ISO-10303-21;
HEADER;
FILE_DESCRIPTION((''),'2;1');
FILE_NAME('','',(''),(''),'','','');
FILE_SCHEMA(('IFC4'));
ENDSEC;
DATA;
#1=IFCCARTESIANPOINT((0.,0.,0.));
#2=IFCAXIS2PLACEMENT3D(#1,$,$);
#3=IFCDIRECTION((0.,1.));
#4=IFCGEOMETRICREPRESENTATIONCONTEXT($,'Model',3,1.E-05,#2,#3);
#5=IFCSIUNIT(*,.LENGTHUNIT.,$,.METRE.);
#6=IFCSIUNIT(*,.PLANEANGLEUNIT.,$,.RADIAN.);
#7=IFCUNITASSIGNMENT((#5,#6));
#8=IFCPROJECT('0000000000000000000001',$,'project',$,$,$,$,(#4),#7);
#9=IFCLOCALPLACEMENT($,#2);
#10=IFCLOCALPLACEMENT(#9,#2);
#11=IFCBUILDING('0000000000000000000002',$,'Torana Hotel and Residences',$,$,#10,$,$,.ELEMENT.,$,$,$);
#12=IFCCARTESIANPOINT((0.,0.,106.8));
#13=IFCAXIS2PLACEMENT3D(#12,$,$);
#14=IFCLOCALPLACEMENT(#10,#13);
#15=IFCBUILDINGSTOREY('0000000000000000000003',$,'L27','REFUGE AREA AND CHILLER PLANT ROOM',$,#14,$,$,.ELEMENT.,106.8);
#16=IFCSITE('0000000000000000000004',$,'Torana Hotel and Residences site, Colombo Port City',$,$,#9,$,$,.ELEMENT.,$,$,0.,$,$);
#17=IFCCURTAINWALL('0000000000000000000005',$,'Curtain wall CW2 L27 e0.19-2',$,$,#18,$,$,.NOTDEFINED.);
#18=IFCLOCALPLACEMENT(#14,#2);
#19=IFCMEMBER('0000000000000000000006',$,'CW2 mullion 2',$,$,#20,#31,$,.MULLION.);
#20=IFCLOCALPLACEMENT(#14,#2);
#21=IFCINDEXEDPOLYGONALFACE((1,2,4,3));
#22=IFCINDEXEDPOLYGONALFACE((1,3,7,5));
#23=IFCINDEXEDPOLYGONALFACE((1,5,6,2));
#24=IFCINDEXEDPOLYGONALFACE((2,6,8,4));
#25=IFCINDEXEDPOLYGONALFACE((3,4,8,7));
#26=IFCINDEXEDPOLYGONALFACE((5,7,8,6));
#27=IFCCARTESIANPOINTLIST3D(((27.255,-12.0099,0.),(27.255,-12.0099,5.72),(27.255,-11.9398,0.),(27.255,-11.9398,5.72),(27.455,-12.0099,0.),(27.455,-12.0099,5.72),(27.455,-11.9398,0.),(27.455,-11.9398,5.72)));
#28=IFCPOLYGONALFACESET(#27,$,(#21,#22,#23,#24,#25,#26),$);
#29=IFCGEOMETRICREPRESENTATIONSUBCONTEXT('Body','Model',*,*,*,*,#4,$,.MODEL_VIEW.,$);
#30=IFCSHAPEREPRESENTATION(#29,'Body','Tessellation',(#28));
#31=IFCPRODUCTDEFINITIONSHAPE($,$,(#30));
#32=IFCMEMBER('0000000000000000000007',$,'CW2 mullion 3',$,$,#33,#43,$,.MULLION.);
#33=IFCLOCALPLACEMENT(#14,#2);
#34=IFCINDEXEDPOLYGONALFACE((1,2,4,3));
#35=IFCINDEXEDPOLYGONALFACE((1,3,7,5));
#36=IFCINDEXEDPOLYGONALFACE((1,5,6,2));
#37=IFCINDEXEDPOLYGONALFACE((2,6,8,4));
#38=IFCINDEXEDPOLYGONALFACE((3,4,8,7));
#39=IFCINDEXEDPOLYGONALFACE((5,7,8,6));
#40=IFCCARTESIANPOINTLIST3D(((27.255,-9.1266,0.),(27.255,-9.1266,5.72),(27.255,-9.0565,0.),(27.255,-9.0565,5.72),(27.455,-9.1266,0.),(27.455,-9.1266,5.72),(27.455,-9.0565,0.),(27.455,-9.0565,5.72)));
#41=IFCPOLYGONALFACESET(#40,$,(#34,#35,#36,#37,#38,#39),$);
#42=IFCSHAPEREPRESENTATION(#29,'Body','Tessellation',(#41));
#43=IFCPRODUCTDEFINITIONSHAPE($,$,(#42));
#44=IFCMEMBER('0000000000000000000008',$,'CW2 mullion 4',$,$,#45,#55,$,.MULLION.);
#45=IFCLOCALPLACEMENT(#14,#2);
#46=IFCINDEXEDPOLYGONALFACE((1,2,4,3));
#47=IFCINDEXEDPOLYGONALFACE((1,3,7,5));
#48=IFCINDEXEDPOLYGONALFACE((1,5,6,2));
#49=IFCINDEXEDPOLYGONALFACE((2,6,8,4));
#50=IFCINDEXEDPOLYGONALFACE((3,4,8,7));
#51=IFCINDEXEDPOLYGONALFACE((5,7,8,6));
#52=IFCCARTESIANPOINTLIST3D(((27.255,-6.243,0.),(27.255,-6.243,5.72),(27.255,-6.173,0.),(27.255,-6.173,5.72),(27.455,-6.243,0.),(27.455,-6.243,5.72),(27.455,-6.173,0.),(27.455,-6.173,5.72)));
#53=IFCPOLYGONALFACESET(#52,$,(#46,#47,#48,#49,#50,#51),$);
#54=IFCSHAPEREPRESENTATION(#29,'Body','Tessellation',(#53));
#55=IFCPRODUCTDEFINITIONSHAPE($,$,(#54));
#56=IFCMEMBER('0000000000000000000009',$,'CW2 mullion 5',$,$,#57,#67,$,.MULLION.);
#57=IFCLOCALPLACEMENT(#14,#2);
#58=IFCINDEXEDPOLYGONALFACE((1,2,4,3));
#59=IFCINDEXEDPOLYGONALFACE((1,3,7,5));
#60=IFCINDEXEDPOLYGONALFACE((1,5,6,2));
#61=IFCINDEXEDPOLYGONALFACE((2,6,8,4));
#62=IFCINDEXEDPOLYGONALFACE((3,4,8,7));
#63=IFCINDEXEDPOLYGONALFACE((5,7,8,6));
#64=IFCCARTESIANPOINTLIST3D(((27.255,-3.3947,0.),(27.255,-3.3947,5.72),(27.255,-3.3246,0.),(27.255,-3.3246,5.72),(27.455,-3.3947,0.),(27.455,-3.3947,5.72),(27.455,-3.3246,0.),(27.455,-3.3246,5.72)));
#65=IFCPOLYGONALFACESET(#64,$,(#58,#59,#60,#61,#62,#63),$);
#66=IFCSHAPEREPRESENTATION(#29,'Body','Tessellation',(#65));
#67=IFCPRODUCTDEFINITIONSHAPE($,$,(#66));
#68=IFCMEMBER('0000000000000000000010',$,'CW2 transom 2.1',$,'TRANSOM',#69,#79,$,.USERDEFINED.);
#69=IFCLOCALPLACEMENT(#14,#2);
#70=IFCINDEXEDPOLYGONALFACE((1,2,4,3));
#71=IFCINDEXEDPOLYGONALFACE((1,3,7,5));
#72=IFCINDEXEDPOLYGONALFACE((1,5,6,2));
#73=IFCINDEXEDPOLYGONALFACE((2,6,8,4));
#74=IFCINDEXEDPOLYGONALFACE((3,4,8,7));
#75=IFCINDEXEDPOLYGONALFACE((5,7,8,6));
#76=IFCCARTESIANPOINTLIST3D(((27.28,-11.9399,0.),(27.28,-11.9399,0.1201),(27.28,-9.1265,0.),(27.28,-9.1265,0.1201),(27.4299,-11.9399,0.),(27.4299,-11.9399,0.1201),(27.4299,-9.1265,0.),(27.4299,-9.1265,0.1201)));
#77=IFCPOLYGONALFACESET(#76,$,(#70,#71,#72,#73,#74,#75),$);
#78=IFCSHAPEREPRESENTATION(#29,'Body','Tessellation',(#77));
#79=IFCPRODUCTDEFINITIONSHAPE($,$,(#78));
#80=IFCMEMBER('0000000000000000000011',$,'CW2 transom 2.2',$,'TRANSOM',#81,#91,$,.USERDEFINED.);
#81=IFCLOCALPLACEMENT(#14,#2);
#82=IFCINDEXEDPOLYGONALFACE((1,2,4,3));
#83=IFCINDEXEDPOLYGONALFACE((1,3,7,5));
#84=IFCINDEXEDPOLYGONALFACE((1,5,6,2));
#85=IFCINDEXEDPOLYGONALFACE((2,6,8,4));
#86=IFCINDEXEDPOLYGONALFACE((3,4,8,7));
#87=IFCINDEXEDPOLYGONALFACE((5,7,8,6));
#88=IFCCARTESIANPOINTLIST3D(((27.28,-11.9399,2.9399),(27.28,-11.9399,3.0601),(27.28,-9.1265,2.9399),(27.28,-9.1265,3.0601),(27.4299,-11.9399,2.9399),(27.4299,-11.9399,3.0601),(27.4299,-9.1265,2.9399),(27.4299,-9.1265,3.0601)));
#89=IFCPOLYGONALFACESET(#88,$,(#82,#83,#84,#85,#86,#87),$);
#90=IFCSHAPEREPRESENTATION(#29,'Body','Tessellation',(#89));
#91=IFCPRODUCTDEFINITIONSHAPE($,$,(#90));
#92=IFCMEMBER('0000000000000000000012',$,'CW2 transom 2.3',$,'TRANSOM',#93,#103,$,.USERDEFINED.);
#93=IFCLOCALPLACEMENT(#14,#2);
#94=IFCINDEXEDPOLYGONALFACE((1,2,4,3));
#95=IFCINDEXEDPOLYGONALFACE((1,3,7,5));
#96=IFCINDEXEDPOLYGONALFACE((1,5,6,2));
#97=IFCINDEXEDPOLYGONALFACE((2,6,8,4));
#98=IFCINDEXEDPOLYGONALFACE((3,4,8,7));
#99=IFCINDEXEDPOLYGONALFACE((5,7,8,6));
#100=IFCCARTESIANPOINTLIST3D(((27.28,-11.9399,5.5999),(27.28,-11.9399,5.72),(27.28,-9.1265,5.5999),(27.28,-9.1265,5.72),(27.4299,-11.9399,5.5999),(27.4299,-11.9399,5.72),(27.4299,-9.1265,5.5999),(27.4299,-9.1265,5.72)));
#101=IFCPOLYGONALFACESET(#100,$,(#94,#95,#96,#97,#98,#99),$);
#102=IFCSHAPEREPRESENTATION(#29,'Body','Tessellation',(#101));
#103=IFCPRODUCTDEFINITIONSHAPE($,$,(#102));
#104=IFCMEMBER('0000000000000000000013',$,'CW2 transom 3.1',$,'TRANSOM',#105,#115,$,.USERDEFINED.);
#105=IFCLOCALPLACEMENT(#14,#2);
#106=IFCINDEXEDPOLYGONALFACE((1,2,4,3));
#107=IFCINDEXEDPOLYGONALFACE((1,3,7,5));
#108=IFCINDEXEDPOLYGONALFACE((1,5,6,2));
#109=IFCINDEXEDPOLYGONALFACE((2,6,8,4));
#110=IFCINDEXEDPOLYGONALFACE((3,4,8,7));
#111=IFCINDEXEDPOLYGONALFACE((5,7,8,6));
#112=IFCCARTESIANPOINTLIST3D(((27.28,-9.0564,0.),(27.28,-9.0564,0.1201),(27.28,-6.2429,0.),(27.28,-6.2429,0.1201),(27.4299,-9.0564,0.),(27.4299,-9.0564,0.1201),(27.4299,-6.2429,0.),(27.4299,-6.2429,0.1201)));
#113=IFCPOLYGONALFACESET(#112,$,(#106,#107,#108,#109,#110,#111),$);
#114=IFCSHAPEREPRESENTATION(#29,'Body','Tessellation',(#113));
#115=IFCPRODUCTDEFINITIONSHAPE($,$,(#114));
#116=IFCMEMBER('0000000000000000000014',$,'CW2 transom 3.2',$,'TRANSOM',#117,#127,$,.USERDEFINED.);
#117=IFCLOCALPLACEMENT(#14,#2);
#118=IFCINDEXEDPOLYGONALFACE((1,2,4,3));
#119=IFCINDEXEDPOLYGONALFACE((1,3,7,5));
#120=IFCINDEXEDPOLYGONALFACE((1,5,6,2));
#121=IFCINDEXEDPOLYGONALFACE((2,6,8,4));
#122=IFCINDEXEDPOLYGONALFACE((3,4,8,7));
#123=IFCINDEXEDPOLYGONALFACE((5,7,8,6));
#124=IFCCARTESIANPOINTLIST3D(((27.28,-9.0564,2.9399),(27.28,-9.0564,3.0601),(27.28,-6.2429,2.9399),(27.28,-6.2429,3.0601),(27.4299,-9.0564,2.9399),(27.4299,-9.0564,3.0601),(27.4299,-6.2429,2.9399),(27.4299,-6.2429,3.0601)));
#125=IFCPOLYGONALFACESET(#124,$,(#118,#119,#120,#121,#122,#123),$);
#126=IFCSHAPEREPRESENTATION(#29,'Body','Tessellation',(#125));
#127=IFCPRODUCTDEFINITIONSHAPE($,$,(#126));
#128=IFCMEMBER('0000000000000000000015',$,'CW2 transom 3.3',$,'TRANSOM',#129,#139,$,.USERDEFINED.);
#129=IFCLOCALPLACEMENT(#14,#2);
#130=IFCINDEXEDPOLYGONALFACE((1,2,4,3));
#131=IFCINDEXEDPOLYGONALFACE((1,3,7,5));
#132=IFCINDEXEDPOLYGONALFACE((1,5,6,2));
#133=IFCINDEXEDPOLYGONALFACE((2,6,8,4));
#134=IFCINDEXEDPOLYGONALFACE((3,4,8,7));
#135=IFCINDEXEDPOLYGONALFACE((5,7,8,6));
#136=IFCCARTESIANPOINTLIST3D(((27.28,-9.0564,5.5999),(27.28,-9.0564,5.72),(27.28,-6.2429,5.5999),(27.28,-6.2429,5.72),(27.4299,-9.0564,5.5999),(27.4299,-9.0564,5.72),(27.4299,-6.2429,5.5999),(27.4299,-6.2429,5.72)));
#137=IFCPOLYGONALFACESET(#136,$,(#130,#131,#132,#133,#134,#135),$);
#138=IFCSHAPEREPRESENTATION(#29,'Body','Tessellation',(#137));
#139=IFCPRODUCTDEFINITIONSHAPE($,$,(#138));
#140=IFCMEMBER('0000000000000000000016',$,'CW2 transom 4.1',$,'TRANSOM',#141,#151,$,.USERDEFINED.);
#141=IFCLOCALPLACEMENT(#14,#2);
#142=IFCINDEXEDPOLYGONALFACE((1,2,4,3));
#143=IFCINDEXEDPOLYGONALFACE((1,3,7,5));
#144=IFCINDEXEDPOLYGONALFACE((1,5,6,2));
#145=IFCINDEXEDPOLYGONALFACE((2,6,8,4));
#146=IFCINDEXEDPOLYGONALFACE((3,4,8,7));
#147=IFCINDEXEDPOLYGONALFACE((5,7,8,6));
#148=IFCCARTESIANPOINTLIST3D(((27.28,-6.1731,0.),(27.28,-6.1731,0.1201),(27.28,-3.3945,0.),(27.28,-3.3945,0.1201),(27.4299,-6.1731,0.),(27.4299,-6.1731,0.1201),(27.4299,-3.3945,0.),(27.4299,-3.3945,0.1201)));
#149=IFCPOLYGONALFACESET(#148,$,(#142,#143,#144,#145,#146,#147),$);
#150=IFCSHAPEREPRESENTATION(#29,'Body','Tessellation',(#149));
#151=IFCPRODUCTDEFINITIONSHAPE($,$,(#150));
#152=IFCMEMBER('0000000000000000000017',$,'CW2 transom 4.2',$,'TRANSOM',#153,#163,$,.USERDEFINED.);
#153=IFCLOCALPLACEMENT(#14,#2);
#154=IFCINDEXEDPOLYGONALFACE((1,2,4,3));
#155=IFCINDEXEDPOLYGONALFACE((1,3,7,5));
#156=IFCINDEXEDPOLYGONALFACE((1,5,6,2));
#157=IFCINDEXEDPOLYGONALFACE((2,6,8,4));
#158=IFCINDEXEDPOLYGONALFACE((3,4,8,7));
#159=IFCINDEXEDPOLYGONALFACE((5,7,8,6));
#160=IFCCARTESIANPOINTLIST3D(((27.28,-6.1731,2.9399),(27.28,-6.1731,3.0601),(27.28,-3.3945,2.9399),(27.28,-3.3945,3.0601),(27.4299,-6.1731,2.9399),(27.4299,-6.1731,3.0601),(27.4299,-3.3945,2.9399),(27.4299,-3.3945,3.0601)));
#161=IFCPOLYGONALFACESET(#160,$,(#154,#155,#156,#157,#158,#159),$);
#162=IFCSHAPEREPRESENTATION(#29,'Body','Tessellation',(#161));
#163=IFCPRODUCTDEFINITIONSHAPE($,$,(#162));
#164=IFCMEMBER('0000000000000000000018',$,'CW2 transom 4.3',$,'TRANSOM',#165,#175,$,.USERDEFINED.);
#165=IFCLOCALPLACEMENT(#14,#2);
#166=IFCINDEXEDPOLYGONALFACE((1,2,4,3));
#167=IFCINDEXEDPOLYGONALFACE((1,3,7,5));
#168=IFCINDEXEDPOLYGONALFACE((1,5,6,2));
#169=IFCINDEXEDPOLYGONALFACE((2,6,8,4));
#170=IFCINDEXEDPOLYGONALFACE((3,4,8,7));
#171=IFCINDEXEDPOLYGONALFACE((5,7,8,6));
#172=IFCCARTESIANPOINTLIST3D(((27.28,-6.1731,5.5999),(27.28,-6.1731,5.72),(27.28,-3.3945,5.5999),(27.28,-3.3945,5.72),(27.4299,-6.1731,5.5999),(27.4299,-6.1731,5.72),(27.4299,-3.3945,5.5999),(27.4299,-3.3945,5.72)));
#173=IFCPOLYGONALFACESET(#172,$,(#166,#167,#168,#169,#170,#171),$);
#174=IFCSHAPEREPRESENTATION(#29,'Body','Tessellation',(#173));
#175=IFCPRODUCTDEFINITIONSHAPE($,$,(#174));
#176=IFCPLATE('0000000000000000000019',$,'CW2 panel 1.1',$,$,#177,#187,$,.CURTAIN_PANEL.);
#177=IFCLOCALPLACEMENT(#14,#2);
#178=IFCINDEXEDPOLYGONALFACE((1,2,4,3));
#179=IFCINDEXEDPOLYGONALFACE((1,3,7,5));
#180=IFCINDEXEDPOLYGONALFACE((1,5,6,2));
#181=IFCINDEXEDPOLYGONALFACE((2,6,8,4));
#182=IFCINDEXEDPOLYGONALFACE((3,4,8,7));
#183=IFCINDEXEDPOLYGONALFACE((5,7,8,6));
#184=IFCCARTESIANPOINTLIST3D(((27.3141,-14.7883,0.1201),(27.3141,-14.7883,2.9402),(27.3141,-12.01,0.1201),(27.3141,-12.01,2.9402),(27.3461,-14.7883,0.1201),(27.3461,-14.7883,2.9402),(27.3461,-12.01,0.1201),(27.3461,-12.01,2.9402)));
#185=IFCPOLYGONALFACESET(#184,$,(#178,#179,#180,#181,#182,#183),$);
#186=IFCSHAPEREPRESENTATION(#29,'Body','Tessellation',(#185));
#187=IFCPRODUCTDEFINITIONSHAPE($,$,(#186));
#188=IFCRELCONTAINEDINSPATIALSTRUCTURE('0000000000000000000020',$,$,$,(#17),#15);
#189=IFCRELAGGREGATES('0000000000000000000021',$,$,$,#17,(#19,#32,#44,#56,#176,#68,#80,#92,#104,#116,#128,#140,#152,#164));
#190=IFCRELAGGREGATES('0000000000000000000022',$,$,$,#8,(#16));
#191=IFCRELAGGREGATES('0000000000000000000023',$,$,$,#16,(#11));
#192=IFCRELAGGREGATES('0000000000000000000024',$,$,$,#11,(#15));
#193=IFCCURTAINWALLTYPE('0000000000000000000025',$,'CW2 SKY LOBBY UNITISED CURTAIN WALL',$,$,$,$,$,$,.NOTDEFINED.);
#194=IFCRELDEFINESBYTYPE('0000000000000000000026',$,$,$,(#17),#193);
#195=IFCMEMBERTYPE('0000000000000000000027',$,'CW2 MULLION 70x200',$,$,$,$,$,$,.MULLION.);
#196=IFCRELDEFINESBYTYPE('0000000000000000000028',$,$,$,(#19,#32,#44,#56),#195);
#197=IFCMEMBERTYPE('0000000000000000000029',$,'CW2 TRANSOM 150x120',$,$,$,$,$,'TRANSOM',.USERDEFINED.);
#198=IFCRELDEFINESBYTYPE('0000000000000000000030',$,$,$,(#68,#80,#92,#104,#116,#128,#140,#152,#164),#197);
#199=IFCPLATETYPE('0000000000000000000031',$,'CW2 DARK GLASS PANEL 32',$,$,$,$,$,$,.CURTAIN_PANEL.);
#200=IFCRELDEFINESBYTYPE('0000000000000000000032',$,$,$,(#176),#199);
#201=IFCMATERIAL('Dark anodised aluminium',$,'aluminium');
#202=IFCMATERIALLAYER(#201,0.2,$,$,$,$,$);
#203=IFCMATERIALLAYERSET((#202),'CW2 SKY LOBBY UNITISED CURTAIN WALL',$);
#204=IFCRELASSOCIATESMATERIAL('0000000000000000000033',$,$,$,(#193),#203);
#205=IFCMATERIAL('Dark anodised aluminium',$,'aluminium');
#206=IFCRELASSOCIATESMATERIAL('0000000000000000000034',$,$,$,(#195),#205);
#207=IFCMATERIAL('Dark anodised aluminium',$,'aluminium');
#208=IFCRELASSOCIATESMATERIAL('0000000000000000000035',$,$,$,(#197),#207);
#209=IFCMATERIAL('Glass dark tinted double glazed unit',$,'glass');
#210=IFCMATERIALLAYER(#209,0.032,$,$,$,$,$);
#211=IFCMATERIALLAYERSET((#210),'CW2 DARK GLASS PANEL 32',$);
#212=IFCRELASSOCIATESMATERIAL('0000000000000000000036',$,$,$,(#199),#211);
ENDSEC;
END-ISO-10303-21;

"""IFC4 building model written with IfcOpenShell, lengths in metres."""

from ifc_helpers import new_model, si_unit, direction, frame, origin, origin_2d, place, context, subcontext, project, spatial, rectangle, extrude, material, layer, layer_set, material_profile, profile_set, type_object, element, aggregate, save


model = new_model("IFC4")

# Units and contexts
model_context = context("Model", 3, precision=1e-05, world=origin(), true_north=direction((0.0, 1.0)))
body_context = subcontext(model_context, "Body", "Model", "MODEL_VIEW")
ifc_project = project(units=[si_unit("LENGTHUNIT", "METRE"), si_unit("PLANEANGLEUNIT", "RADIAN")], contexts=[model_context])

# Site, building, storey
site_placement = place(None, origin())
site = spatial("IfcSite", under=ifc_project, at=site_placement, Name="Torana Hotel and Residences site, Colombo Port City", CompositionType="ELEMENT", RefElevation=0.0)
building_placement = place(site_placement, origin())
building = spatial("IfcBuilding", under=site, at=building_placement, Name="Torana Hotel and Residences", CompositionType="ELEMENT")
storey_placement = place(building_placement, frame((0.0, 0.0, 106.8)))
storey = spatial("IfcBuildingStorey", under=building, at=storey_placement, Name="L27", Description="REFUGE AREA AND CHILLER PLANT ROOM", CompositionType="ELEMENT", Elevation=106.8)

# Curtain wall, members, plate
ifc_material_1 = material(Name="Dark anodised aluminium", Category="aluminium")
ifc_layer_1 = layer(ifc_material_1, 0.2)
ifc_layer_set_1 = layer_set([ifc_layer_1], Name="CW2 SKY LOBBY UNITISED CURTAIN WALL")
curtain_wall_type = type_object("IfcCurtainWallType", Name="CW2 SKY LOBBY UNITISED CURTAIN WALL", PredefinedType="NOTDEFINED", material=ifc_layer_set_1)
curtain_wall_placement = place(storey_placement, origin())
curtain_wall = element("IfcCurtainWall", 1, at=curtain_wall_placement, inside=storey, type_object=curtain_wall_type, Name="Curtain wall CW2 L27 e0.19-2", PredefinedType="NOTDEFINED")
ifc_material_2 = material(Name="Dark anodised aluminium", Category="aluminium")
ifc_material_profile_1 = material_profile(ifc_material_2, rectangle(XDim=0.2, YDim=0.0701, at=origin_2d()), Name="CW2 MULLION 70x200")
ifc_profile_set_1 = profile_set([ifc_material_profile_1], Name="Dark anodised aluminium")
member_type_1 = type_object("IfcMemberType", Name="CW2 MULLION 70x200", PredefinedType="MULLION", material=ifc_profile_set_1)
member_1_placement = place(storey_placement, frame((27.355, -11.9749, 0.0), z_axis=(0.0, 0.0, 1.0), x_axis=(-1.0, 0.0, 0.0)))
member_1 = element("IfcMember", 2, at=member_1_placement, type_object=member_type_1, Name="CW2 mullion 2", PredefinedType="MULLION", context=body_context, shape_type="SweptSolid", body=[
    extrude(rectangle(XDim=0.2, YDim=0.0701, at=origin_2d()), origin(), (0.0, 0.0, 1.0), 5.72),
])
member_2_placement = place(storey_placement, frame((27.355, -9.0916, 0.0), z_axis=(0.0, 0.0, 1.0), x_axis=(-1.0, 0.0, 0.0)))
member_2 = element("IfcMember", 3, at=member_2_placement, type_object=member_type_1, Name="CW2 mullion 3", PredefinedType="MULLION", context=body_context, shape_type="SweptSolid", body=[
    extrude(rectangle(XDim=0.2, YDim=0.0701, at=origin_2d()), origin(), (0.0, 0.0, 1.0), 5.72),
])
member_3_placement = place(storey_placement, frame((27.355, -6.208, 0.0), z_axis=(0.0, 0.0, 1.0), x_axis=(-1.0, 0.0, 0.0)))
member_3 = element("IfcMember", 4, at=member_3_placement, type_object=member_type_1, Name="CW2 mullion 4", PredefinedType="MULLION", context=body_context, shape_type="SweptSolid", body=[
    extrude(rectangle(XDim=0.2, YDim=0.0701, at=origin_2d()), origin(), (0.0, 0.0, 1.0), 5.72),
])
member_4_placement = place(storey_placement, frame((27.355, -3.3596, 0.0), z_axis=(0.0, 0.0, 1.0), x_axis=(-1.0, 0.0, 0.0)))
member_4 = element("IfcMember", 5, at=member_4_placement, type_object=member_type_1, Name="CW2 mullion 5", PredefinedType="MULLION", context=body_context, shape_type="SweptSolid", body=[
    extrude(rectangle(XDim=0.2, YDim=0.0701, at=origin_2d()), origin(), (0.0, 0.0, 1.0), 5.72),
])
ifc_material_3 = material(Name="Dark anodised aluminium", Category="aluminium")
ifc_material_profile_2 = material_profile(ifc_material_3, rectangle(XDim=0.1499, YDim=0.1201, at=origin_2d()), Name="CW2 TRANSOM 150x120")
ifc_profile_set_2 = profile_set([ifc_material_profile_2], Name="Dark anodised aluminium")
member_type_2 = type_object("IfcMemberType", Name="CW2 TRANSOM 150x120", ElementType="TRANSOM", PredefinedType="USERDEFINED", material=ifc_profile_set_2)
member_5_placement = place(storey_placement, frame((27.355, -11.9399, 0.0601), z_axis=(0.0, 1.0, 0.0), x_axis=(-1.0, 0.0, 0.0)))
member_5 = element("IfcMember", 6, at=member_5_placement, type_object=member_type_2, Name="CW2 transom 2.1", ObjectType="TRANSOM", PredefinedType="USERDEFINED", context=body_context, shape_type="SweptSolid", body=[
    extrude(rectangle(XDim=0.1499, YDim=0.1201, at=origin_2d()), origin(), (0.0, 0.0, 1.0), 2.8135),
])
member_6_placement = place(storey_placement, frame((27.355, -11.9399, 3.0), z_axis=(0.0, 1.0, 0.0), x_axis=(-1.0, 0.0, 0.0)))
member_6 = element("IfcMember", 7, at=member_6_placement, type_object=member_type_2, Name="CW2 transom 2.2", ObjectType="TRANSOM", PredefinedType="USERDEFINED", context=body_context, shape_type="SweptSolid", body=[
    extrude(rectangle(XDim=0.1499, YDim=0.1201, at=origin_2d()), origin(), (0.0, 0.0, 1.0), 2.8135),
])
member_7_placement = place(storey_placement, frame((27.355, -11.9399, 5.6599), z_axis=(0.0, 1.0, 0.0), x_axis=(-1.0, 0.0, 0.0)))
member_7 = element("IfcMember", 8, at=member_7_placement, type_object=member_type_2, Name="CW2 transom 2.3", ObjectType="TRANSOM", PredefinedType="USERDEFINED", context=body_context, shape_type="SweptSolid", body=[
    extrude(rectangle(XDim=0.1499, YDim=0.1201, at=origin_2d()), origin(), (0.0, 0.0, 1.0), 2.8135),
])
member_8_placement = place(storey_placement, frame((27.355, -9.0564, 0.0601), z_axis=(0.0, 1.0, 0.0), x_axis=(-1.0, 0.0, 0.0)))
member_8 = element("IfcMember", 9, at=member_8_placement, type_object=member_type_2, Name="CW2 transom 3.1", ObjectType="TRANSOM", PredefinedType="USERDEFINED", context=body_context, shape_type="SweptSolid", body=[
    extrude(rectangle(XDim=0.1499, YDim=0.1201, at=origin_2d()), origin(), (0.0, 0.0, 1.0), 2.8135),
])
member_9_placement = place(storey_placement, frame((27.355, -9.0564, 3.0), z_axis=(0.0, 1.0, 0.0), x_axis=(-1.0, 0.0, 0.0)))
member_9 = element("IfcMember", 10, at=member_9_placement, type_object=member_type_2, Name="CW2 transom 3.2", ObjectType="TRANSOM", PredefinedType="USERDEFINED", context=body_context, shape_type="SweptSolid", body=[
    extrude(rectangle(XDim=0.1499, YDim=0.1201, at=origin_2d()), origin(), (0.0, 0.0, 1.0), 2.8135),
])
member_10_placement = place(storey_placement, frame((27.355, -9.0564, 5.6599), z_axis=(0.0, 1.0, 0.0), x_axis=(-1.0, 0.0, 0.0)))
member_10 = element("IfcMember", 11, at=member_10_placement, type_object=member_type_2, Name="CW2 transom 3.3", ObjectType="TRANSOM", PredefinedType="USERDEFINED", context=body_context, shape_type="SweptSolid", body=[
    extrude(rectangle(XDim=0.1499, YDim=0.1201, at=origin_2d()), origin(), (0.0, 0.0, 1.0), 2.8135),
])
member_11_placement = place(storey_placement, frame((27.355, -6.1731, 0.0601), z_axis=(0.0, 1.0, 0.0), x_axis=(-1.0, 0.0, 0.0)))
member_11 = element("IfcMember", 12, at=member_11_placement, type_object=member_type_2, Name="CW2 transom 4.1", ObjectType="TRANSOM", PredefinedType="USERDEFINED", context=body_context, shape_type="SweptSolid", body=[
    extrude(rectangle(XDim=0.1499, YDim=0.1201, at=origin_2d()), origin(), (0.0, 0.0, 1.0), 2.7786),
])
member_12_placement = place(storey_placement, frame((27.355, -6.1731, 3.0), z_axis=(0.0, 1.0, 0.0), x_axis=(-1.0, 0.0, 0.0)))
member_12 = element("IfcMember", 13, at=member_12_placement, type_object=member_type_2, Name="CW2 transom 4.2", ObjectType="TRANSOM", PredefinedType="USERDEFINED", context=body_context, shape_type="SweptSolid", body=[
    extrude(rectangle(XDim=0.1499, YDim=0.1201, at=origin_2d()), origin(), (0.0, 0.0, 1.0), 2.7786),
])
member_13_placement = place(storey_placement, frame((27.355, -6.1731, 5.6599), z_axis=(0.0, 1.0, 0.0), x_axis=(-1.0, 0.0, 0.0)))
member_13 = element("IfcMember", 14, at=member_13_placement, type_object=member_type_2, Name="CW2 transom 4.3", ObjectType="TRANSOM", PredefinedType="USERDEFINED", context=body_context, shape_type="SweptSolid", body=[
    extrude(rectangle(XDim=0.1499, YDim=0.1201, at=origin_2d()), origin(), (0.0, 0.0, 1.0), 2.7786),
])
ifc_material_4 = material(Name="Glass dark tinted double glazed unit", Category="glass")
ifc_layer_2 = layer(ifc_material_4, 0.032)
ifc_layer_set_2 = layer_set([ifc_layer_2], Name="CW2 DARK GLASS PANEL 32")
plate_type = type_object("IfcPlateType", Name="CW2 DARK GLASS PANEL 32", PredefinedType="CURTAIN_PANEL", material=ifc_layer_set_2)
plate_1_placement = place(storey_placement, frame((27.3301, -13.3992, 0.1201), z_axis=(0.0, 0.0, 1.0), x_axis=(0.0, 1.0, 0.0)))
plate_1 = element("IfcPlate", 15, at=plate_1_placement, type_object=plate_type, Name="CW2 panel 1.1", PredefinedType="CURTAIN_PANEL", context=body_context, shape_type="SweptSolid", body=[
    extrude(rectangle(XDim=2.7783, YDim=0.032, at=origin_2d()), origin(), (0.0, 0.0, 1.0), 2.8201),
])
aggregate(curtain_wall, [member_1, member_2, member_3, member_4, plate_1, member_5, member_6, member_7, member_8, member_9, member_10, member_11, member_12, member_13])

save(model, "model.ifc")
